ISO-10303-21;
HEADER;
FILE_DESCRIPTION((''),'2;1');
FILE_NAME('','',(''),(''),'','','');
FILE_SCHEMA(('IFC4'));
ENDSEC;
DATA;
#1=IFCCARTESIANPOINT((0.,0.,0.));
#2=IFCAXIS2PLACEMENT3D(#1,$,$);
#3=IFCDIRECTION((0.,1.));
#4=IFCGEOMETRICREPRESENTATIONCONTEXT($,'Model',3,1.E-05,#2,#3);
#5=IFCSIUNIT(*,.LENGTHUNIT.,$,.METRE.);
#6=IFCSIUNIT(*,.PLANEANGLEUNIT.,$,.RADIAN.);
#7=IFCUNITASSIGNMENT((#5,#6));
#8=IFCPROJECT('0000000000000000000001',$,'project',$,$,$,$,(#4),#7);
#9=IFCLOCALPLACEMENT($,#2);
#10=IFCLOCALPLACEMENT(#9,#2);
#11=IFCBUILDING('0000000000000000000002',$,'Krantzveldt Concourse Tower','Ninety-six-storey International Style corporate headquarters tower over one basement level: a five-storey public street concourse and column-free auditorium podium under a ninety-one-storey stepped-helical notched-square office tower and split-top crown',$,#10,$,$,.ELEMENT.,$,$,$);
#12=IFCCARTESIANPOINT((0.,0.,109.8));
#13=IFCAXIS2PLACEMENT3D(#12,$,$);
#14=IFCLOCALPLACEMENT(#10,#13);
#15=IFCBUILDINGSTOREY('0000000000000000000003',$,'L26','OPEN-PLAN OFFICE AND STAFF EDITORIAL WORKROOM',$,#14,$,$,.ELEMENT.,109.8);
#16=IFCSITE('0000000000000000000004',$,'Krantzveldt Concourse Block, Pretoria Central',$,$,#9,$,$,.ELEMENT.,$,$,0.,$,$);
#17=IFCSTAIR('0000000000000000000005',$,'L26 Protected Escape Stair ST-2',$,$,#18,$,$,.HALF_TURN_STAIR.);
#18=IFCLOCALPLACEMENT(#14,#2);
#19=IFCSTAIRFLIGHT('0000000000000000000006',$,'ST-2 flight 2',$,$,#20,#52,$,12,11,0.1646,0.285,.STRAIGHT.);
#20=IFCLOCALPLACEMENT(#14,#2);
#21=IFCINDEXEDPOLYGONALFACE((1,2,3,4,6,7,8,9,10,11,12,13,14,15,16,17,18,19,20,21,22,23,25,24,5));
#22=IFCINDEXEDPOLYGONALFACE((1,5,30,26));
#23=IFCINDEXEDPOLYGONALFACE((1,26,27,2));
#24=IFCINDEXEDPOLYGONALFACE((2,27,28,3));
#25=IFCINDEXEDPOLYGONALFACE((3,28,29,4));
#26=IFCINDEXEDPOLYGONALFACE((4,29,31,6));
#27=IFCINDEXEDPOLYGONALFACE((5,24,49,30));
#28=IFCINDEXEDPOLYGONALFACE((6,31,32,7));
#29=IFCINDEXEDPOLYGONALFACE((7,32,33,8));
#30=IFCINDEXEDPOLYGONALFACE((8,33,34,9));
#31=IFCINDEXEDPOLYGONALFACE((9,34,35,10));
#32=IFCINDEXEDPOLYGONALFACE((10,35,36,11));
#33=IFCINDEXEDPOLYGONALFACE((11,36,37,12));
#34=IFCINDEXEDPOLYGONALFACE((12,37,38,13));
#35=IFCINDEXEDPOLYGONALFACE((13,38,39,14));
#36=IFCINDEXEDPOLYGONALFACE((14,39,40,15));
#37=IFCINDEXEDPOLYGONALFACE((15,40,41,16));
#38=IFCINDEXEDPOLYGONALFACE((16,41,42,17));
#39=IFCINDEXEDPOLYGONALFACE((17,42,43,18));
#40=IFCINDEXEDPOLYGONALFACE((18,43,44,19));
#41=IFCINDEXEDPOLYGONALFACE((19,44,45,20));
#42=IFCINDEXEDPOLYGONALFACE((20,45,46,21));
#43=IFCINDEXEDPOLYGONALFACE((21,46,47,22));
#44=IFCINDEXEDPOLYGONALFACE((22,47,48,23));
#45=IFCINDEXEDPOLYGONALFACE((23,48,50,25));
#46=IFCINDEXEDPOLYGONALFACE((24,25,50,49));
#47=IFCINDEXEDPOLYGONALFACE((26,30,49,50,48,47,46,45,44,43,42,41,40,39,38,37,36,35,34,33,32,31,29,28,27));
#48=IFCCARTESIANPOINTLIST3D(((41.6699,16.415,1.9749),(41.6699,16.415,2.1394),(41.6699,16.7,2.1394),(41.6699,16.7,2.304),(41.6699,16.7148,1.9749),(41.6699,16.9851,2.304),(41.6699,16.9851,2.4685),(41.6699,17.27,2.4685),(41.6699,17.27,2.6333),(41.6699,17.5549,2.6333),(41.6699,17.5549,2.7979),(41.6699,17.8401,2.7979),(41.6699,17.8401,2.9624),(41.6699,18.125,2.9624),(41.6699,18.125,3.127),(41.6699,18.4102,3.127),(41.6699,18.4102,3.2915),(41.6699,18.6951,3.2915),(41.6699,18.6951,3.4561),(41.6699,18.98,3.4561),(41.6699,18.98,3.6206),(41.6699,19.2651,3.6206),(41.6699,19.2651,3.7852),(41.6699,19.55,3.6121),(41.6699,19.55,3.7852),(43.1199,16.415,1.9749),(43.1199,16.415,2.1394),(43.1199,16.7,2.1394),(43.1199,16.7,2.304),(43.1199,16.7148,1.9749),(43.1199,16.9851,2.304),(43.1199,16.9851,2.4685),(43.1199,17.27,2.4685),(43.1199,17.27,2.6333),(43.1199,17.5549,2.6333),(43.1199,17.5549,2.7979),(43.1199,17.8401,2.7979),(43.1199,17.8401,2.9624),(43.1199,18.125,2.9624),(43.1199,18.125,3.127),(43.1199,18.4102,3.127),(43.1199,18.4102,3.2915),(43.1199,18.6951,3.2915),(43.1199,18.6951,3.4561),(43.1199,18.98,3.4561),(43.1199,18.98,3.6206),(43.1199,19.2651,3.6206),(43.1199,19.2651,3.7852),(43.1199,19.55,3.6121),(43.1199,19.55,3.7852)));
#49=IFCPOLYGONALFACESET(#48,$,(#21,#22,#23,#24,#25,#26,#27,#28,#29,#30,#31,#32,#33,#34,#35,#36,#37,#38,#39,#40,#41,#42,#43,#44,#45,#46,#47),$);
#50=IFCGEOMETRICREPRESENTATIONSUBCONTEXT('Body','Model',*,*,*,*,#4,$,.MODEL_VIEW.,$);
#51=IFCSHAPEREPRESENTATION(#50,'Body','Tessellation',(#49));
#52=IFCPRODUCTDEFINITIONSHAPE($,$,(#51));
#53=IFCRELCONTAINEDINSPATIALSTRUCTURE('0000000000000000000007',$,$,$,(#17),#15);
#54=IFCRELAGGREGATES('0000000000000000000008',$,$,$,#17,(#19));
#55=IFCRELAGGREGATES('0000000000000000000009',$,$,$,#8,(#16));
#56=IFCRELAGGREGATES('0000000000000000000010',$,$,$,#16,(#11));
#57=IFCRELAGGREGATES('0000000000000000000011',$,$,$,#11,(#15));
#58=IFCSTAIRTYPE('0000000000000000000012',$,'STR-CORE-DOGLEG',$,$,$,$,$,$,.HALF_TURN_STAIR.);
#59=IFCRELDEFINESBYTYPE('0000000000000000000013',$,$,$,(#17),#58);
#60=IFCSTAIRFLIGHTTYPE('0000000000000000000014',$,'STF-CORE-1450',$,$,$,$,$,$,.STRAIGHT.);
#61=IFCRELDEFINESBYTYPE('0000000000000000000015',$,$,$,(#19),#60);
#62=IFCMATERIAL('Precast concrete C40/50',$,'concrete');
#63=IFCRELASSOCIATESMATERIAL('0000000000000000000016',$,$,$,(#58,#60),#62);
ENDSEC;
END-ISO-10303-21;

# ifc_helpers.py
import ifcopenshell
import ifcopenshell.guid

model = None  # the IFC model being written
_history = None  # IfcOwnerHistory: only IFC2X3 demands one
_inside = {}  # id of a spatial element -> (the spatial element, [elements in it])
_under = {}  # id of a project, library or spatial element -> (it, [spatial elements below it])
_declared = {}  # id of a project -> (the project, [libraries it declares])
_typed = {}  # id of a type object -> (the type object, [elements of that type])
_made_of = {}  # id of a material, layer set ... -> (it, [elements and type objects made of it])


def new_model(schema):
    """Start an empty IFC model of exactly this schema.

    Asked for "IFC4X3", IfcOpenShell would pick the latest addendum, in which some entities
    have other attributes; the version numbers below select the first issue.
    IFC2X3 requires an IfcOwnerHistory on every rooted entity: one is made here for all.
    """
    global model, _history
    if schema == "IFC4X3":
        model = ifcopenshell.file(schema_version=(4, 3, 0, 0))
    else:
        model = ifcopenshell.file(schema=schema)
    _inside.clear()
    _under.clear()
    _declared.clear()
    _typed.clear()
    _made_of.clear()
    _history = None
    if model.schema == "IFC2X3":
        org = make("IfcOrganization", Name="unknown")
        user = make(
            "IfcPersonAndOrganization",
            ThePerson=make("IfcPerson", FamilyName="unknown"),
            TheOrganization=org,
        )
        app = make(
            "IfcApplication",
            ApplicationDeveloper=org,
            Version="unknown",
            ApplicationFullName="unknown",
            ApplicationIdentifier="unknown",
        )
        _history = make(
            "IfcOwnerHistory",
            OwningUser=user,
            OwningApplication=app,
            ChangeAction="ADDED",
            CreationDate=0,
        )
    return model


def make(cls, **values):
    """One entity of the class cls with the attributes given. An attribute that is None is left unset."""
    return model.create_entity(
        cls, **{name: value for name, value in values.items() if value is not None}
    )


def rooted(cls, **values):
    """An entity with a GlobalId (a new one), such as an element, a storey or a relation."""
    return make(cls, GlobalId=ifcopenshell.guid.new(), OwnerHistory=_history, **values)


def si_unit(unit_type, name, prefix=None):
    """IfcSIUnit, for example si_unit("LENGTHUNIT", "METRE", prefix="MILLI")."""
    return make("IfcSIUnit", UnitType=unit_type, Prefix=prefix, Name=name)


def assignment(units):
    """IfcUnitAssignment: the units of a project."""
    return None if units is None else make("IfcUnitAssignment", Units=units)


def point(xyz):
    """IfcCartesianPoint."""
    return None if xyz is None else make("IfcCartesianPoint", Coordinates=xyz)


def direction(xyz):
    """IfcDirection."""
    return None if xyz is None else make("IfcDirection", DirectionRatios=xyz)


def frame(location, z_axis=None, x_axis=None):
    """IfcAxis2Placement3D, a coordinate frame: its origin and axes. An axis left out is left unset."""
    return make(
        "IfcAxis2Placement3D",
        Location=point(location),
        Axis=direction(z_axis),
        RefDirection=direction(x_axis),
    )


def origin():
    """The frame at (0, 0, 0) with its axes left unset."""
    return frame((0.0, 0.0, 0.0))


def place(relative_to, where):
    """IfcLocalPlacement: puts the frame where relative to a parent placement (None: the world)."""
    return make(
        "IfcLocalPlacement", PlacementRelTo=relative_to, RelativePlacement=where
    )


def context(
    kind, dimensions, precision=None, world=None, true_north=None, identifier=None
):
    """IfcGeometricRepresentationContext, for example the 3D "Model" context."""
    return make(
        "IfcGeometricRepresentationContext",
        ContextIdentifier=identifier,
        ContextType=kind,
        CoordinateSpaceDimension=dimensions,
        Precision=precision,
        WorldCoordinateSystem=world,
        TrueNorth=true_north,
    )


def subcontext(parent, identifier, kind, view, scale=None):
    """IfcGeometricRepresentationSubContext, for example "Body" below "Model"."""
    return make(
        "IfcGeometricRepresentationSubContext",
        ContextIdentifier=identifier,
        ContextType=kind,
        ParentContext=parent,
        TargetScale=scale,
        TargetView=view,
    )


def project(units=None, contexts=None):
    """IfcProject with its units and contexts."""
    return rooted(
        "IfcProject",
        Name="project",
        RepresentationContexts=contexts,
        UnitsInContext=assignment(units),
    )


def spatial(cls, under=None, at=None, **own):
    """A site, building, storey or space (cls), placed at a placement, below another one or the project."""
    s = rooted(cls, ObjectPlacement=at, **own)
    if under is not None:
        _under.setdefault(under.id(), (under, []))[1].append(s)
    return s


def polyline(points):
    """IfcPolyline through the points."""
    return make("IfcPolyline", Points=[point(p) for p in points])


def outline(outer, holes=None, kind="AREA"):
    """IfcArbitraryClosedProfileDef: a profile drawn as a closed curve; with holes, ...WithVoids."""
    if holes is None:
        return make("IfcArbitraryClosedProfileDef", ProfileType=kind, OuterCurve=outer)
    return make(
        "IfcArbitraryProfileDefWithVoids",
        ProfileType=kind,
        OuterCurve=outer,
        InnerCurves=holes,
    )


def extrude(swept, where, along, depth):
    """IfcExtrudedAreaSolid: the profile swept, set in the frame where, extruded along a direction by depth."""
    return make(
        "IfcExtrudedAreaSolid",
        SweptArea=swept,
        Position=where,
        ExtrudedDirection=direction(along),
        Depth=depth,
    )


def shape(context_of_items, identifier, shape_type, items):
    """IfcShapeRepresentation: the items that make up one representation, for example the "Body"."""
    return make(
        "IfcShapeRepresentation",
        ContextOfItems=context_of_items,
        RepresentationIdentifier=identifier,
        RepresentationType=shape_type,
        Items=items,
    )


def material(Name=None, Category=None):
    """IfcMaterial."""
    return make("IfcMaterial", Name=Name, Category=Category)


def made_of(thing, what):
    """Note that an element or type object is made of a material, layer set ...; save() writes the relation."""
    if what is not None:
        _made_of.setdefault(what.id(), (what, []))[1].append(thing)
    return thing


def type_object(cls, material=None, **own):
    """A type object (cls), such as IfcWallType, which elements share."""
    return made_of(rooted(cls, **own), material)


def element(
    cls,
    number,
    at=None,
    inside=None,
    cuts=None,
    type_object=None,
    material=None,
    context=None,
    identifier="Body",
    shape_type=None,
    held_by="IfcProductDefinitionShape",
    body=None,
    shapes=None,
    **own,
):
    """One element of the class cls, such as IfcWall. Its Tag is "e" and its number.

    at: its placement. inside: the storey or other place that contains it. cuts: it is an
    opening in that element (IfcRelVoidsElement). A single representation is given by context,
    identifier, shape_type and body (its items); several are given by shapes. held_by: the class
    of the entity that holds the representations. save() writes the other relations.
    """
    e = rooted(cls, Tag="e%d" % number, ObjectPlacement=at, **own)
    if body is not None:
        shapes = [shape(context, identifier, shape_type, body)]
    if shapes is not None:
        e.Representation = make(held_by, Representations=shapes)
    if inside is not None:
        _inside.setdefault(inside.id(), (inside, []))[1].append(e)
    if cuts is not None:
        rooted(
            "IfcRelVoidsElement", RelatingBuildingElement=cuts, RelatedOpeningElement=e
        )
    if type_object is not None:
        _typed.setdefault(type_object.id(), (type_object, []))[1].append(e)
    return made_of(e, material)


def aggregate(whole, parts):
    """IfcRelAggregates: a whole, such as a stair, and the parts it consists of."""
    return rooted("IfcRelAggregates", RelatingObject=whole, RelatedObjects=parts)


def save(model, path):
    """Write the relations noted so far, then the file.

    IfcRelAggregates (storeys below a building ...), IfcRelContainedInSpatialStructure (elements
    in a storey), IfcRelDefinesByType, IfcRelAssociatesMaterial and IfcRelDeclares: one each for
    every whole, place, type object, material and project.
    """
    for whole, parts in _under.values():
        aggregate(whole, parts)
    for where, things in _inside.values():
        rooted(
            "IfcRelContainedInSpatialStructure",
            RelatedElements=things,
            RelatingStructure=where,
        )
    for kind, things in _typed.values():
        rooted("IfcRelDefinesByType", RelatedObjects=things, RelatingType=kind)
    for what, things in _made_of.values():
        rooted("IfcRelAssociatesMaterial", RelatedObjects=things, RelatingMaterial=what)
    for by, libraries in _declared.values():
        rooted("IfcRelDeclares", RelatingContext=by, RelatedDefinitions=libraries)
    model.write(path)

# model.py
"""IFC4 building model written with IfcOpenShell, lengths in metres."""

from ifc_helpers import new_model, si_unit, direction, frame, origin, place, context, subcontext, project, spatial, polyline, outline, extrude, material, type_object, element, aggregate, save


model = new_model("IFC4")

# Units and contexts
model_context = context("Model", 3, precision=1e-05, world=origin(), true_north=direction((0.0, 1.0)))
body_context = subcontext(model_context, "Body", "Model", "MODEL_VIEW")
ifc_project = project(units=[si_unit("LENGTHUNIT", "METRE"), si_unit("PLANEANGLEUNIT", "RADIAN")], contexts=[model_context])

# Site, building, storey
site_placement = place(None, origin())
site = spatial("IfcSite", under=ifc_project, at=site_placement, Name="Krantzveldt Concourse Block, Pretoria Central", CompositionType="ELEMENT", RefElevation=0.0)
building_placement = place(site_placement, origin())
building = spatial("IfcBuilding", under=site, at=building_placement, Name="Krantzveldt Concourse Tower", Description="Ninety-six-storey International Style corporate headquarters tower over one basement level: a five-storey public street concourse and column-free auditorium podium under a ninety-one-storey stepped-helical notched-square office tower and split-top crown", CompositionType="ELEMENT")
storey_placement = place(building_placement, frame((0.0, 0.0, 109.8)))
storey = spatial("IfcBuildingStorey", under=building, at=storey_placement, Name="L26", Description="OPEN-PLAN OFFICE AND STAFF EDITORIAL WORKROOM", CompositionType="ELEMENT", Elevation=109.8)

# Stair, stair flight
ifc_material_1 = material(Name="Precast concrete C40/50", Category="concrete")
stair_type = type_object("IfcStairType", Name="STR-CORE-DOGLEG", PredefinedType="HALF_TURN_STAIR", material=ifc_material_1)
stair_placement = place(storey_placement, origin())
stair = element("IfcStair", 1, at=stair_placement, inside=storey, type_object=stair_type, Name="L26 Protected Escape Stair ST-2", PredefinedType="HALF_TURN_STAIR")
stair_flight_type = type_object("IfcStairFlightType", Name="STF-CORE-1450", PredefinedType="STRAIGHT", material=ifc_material_1)
stair_flight_1_placement = place(storey_placement, frame((42.395, 16.415, 1.9749), z_axis=(0.0, 0.0, 1.0), x_axis=(0.0, 1.0, 0.0)))
stair_flight_1 = element("IfcStairFlight", 2, at=stair_flight_1_placement, type_object=stair_flight_type, Name="ST-2 flight 2", NumberOfRisers=12, NumberOfTreads=11, PredefinedType="STRAIGHT", RiserHeight=0.1646, TreadLength=0.285, context=body_context, shape_type="SweptSolid", body=[
    extrude(outline(polyline([(0.0, 0.0), (0.0, 0.1646), (0.2849, 0.1646), (0.2849, 0.3291), (0.5701, 0.3291), (0.5701, 0.4937), (0.855, 0.4937), (0.855, 0.6584), (1.1399, 0.6584), (1.1399, 0.823), (1.425, 0.823), (1.425, 0.9875), (1.71, 0.9875), (1.71, 1.1521), (1.9951, 1.1521), (1.9951, 1.3167), (2.28, 1.3167), (2.28, 1.4812), (2.5649, 1.4812), (2.5649, 1.6458), (2.8501, 1.6458), (2.8501, 1.8103), (3.135, 1.8103), (3.135, 1.9751), (3.135, 1.6372), (0.2998, 0.0), (0.0, 0.0)])), frame((0.0, 0.7251, 0.0), z_axis=(0.0, -1.0, 0.0), x_axis=(1.0, 0.0, 0.0)), (0.0, 0.0, 1.0), 1.45),
])
aggregate(stair, [stair_flight_1])

save(model, "model.ifc")
